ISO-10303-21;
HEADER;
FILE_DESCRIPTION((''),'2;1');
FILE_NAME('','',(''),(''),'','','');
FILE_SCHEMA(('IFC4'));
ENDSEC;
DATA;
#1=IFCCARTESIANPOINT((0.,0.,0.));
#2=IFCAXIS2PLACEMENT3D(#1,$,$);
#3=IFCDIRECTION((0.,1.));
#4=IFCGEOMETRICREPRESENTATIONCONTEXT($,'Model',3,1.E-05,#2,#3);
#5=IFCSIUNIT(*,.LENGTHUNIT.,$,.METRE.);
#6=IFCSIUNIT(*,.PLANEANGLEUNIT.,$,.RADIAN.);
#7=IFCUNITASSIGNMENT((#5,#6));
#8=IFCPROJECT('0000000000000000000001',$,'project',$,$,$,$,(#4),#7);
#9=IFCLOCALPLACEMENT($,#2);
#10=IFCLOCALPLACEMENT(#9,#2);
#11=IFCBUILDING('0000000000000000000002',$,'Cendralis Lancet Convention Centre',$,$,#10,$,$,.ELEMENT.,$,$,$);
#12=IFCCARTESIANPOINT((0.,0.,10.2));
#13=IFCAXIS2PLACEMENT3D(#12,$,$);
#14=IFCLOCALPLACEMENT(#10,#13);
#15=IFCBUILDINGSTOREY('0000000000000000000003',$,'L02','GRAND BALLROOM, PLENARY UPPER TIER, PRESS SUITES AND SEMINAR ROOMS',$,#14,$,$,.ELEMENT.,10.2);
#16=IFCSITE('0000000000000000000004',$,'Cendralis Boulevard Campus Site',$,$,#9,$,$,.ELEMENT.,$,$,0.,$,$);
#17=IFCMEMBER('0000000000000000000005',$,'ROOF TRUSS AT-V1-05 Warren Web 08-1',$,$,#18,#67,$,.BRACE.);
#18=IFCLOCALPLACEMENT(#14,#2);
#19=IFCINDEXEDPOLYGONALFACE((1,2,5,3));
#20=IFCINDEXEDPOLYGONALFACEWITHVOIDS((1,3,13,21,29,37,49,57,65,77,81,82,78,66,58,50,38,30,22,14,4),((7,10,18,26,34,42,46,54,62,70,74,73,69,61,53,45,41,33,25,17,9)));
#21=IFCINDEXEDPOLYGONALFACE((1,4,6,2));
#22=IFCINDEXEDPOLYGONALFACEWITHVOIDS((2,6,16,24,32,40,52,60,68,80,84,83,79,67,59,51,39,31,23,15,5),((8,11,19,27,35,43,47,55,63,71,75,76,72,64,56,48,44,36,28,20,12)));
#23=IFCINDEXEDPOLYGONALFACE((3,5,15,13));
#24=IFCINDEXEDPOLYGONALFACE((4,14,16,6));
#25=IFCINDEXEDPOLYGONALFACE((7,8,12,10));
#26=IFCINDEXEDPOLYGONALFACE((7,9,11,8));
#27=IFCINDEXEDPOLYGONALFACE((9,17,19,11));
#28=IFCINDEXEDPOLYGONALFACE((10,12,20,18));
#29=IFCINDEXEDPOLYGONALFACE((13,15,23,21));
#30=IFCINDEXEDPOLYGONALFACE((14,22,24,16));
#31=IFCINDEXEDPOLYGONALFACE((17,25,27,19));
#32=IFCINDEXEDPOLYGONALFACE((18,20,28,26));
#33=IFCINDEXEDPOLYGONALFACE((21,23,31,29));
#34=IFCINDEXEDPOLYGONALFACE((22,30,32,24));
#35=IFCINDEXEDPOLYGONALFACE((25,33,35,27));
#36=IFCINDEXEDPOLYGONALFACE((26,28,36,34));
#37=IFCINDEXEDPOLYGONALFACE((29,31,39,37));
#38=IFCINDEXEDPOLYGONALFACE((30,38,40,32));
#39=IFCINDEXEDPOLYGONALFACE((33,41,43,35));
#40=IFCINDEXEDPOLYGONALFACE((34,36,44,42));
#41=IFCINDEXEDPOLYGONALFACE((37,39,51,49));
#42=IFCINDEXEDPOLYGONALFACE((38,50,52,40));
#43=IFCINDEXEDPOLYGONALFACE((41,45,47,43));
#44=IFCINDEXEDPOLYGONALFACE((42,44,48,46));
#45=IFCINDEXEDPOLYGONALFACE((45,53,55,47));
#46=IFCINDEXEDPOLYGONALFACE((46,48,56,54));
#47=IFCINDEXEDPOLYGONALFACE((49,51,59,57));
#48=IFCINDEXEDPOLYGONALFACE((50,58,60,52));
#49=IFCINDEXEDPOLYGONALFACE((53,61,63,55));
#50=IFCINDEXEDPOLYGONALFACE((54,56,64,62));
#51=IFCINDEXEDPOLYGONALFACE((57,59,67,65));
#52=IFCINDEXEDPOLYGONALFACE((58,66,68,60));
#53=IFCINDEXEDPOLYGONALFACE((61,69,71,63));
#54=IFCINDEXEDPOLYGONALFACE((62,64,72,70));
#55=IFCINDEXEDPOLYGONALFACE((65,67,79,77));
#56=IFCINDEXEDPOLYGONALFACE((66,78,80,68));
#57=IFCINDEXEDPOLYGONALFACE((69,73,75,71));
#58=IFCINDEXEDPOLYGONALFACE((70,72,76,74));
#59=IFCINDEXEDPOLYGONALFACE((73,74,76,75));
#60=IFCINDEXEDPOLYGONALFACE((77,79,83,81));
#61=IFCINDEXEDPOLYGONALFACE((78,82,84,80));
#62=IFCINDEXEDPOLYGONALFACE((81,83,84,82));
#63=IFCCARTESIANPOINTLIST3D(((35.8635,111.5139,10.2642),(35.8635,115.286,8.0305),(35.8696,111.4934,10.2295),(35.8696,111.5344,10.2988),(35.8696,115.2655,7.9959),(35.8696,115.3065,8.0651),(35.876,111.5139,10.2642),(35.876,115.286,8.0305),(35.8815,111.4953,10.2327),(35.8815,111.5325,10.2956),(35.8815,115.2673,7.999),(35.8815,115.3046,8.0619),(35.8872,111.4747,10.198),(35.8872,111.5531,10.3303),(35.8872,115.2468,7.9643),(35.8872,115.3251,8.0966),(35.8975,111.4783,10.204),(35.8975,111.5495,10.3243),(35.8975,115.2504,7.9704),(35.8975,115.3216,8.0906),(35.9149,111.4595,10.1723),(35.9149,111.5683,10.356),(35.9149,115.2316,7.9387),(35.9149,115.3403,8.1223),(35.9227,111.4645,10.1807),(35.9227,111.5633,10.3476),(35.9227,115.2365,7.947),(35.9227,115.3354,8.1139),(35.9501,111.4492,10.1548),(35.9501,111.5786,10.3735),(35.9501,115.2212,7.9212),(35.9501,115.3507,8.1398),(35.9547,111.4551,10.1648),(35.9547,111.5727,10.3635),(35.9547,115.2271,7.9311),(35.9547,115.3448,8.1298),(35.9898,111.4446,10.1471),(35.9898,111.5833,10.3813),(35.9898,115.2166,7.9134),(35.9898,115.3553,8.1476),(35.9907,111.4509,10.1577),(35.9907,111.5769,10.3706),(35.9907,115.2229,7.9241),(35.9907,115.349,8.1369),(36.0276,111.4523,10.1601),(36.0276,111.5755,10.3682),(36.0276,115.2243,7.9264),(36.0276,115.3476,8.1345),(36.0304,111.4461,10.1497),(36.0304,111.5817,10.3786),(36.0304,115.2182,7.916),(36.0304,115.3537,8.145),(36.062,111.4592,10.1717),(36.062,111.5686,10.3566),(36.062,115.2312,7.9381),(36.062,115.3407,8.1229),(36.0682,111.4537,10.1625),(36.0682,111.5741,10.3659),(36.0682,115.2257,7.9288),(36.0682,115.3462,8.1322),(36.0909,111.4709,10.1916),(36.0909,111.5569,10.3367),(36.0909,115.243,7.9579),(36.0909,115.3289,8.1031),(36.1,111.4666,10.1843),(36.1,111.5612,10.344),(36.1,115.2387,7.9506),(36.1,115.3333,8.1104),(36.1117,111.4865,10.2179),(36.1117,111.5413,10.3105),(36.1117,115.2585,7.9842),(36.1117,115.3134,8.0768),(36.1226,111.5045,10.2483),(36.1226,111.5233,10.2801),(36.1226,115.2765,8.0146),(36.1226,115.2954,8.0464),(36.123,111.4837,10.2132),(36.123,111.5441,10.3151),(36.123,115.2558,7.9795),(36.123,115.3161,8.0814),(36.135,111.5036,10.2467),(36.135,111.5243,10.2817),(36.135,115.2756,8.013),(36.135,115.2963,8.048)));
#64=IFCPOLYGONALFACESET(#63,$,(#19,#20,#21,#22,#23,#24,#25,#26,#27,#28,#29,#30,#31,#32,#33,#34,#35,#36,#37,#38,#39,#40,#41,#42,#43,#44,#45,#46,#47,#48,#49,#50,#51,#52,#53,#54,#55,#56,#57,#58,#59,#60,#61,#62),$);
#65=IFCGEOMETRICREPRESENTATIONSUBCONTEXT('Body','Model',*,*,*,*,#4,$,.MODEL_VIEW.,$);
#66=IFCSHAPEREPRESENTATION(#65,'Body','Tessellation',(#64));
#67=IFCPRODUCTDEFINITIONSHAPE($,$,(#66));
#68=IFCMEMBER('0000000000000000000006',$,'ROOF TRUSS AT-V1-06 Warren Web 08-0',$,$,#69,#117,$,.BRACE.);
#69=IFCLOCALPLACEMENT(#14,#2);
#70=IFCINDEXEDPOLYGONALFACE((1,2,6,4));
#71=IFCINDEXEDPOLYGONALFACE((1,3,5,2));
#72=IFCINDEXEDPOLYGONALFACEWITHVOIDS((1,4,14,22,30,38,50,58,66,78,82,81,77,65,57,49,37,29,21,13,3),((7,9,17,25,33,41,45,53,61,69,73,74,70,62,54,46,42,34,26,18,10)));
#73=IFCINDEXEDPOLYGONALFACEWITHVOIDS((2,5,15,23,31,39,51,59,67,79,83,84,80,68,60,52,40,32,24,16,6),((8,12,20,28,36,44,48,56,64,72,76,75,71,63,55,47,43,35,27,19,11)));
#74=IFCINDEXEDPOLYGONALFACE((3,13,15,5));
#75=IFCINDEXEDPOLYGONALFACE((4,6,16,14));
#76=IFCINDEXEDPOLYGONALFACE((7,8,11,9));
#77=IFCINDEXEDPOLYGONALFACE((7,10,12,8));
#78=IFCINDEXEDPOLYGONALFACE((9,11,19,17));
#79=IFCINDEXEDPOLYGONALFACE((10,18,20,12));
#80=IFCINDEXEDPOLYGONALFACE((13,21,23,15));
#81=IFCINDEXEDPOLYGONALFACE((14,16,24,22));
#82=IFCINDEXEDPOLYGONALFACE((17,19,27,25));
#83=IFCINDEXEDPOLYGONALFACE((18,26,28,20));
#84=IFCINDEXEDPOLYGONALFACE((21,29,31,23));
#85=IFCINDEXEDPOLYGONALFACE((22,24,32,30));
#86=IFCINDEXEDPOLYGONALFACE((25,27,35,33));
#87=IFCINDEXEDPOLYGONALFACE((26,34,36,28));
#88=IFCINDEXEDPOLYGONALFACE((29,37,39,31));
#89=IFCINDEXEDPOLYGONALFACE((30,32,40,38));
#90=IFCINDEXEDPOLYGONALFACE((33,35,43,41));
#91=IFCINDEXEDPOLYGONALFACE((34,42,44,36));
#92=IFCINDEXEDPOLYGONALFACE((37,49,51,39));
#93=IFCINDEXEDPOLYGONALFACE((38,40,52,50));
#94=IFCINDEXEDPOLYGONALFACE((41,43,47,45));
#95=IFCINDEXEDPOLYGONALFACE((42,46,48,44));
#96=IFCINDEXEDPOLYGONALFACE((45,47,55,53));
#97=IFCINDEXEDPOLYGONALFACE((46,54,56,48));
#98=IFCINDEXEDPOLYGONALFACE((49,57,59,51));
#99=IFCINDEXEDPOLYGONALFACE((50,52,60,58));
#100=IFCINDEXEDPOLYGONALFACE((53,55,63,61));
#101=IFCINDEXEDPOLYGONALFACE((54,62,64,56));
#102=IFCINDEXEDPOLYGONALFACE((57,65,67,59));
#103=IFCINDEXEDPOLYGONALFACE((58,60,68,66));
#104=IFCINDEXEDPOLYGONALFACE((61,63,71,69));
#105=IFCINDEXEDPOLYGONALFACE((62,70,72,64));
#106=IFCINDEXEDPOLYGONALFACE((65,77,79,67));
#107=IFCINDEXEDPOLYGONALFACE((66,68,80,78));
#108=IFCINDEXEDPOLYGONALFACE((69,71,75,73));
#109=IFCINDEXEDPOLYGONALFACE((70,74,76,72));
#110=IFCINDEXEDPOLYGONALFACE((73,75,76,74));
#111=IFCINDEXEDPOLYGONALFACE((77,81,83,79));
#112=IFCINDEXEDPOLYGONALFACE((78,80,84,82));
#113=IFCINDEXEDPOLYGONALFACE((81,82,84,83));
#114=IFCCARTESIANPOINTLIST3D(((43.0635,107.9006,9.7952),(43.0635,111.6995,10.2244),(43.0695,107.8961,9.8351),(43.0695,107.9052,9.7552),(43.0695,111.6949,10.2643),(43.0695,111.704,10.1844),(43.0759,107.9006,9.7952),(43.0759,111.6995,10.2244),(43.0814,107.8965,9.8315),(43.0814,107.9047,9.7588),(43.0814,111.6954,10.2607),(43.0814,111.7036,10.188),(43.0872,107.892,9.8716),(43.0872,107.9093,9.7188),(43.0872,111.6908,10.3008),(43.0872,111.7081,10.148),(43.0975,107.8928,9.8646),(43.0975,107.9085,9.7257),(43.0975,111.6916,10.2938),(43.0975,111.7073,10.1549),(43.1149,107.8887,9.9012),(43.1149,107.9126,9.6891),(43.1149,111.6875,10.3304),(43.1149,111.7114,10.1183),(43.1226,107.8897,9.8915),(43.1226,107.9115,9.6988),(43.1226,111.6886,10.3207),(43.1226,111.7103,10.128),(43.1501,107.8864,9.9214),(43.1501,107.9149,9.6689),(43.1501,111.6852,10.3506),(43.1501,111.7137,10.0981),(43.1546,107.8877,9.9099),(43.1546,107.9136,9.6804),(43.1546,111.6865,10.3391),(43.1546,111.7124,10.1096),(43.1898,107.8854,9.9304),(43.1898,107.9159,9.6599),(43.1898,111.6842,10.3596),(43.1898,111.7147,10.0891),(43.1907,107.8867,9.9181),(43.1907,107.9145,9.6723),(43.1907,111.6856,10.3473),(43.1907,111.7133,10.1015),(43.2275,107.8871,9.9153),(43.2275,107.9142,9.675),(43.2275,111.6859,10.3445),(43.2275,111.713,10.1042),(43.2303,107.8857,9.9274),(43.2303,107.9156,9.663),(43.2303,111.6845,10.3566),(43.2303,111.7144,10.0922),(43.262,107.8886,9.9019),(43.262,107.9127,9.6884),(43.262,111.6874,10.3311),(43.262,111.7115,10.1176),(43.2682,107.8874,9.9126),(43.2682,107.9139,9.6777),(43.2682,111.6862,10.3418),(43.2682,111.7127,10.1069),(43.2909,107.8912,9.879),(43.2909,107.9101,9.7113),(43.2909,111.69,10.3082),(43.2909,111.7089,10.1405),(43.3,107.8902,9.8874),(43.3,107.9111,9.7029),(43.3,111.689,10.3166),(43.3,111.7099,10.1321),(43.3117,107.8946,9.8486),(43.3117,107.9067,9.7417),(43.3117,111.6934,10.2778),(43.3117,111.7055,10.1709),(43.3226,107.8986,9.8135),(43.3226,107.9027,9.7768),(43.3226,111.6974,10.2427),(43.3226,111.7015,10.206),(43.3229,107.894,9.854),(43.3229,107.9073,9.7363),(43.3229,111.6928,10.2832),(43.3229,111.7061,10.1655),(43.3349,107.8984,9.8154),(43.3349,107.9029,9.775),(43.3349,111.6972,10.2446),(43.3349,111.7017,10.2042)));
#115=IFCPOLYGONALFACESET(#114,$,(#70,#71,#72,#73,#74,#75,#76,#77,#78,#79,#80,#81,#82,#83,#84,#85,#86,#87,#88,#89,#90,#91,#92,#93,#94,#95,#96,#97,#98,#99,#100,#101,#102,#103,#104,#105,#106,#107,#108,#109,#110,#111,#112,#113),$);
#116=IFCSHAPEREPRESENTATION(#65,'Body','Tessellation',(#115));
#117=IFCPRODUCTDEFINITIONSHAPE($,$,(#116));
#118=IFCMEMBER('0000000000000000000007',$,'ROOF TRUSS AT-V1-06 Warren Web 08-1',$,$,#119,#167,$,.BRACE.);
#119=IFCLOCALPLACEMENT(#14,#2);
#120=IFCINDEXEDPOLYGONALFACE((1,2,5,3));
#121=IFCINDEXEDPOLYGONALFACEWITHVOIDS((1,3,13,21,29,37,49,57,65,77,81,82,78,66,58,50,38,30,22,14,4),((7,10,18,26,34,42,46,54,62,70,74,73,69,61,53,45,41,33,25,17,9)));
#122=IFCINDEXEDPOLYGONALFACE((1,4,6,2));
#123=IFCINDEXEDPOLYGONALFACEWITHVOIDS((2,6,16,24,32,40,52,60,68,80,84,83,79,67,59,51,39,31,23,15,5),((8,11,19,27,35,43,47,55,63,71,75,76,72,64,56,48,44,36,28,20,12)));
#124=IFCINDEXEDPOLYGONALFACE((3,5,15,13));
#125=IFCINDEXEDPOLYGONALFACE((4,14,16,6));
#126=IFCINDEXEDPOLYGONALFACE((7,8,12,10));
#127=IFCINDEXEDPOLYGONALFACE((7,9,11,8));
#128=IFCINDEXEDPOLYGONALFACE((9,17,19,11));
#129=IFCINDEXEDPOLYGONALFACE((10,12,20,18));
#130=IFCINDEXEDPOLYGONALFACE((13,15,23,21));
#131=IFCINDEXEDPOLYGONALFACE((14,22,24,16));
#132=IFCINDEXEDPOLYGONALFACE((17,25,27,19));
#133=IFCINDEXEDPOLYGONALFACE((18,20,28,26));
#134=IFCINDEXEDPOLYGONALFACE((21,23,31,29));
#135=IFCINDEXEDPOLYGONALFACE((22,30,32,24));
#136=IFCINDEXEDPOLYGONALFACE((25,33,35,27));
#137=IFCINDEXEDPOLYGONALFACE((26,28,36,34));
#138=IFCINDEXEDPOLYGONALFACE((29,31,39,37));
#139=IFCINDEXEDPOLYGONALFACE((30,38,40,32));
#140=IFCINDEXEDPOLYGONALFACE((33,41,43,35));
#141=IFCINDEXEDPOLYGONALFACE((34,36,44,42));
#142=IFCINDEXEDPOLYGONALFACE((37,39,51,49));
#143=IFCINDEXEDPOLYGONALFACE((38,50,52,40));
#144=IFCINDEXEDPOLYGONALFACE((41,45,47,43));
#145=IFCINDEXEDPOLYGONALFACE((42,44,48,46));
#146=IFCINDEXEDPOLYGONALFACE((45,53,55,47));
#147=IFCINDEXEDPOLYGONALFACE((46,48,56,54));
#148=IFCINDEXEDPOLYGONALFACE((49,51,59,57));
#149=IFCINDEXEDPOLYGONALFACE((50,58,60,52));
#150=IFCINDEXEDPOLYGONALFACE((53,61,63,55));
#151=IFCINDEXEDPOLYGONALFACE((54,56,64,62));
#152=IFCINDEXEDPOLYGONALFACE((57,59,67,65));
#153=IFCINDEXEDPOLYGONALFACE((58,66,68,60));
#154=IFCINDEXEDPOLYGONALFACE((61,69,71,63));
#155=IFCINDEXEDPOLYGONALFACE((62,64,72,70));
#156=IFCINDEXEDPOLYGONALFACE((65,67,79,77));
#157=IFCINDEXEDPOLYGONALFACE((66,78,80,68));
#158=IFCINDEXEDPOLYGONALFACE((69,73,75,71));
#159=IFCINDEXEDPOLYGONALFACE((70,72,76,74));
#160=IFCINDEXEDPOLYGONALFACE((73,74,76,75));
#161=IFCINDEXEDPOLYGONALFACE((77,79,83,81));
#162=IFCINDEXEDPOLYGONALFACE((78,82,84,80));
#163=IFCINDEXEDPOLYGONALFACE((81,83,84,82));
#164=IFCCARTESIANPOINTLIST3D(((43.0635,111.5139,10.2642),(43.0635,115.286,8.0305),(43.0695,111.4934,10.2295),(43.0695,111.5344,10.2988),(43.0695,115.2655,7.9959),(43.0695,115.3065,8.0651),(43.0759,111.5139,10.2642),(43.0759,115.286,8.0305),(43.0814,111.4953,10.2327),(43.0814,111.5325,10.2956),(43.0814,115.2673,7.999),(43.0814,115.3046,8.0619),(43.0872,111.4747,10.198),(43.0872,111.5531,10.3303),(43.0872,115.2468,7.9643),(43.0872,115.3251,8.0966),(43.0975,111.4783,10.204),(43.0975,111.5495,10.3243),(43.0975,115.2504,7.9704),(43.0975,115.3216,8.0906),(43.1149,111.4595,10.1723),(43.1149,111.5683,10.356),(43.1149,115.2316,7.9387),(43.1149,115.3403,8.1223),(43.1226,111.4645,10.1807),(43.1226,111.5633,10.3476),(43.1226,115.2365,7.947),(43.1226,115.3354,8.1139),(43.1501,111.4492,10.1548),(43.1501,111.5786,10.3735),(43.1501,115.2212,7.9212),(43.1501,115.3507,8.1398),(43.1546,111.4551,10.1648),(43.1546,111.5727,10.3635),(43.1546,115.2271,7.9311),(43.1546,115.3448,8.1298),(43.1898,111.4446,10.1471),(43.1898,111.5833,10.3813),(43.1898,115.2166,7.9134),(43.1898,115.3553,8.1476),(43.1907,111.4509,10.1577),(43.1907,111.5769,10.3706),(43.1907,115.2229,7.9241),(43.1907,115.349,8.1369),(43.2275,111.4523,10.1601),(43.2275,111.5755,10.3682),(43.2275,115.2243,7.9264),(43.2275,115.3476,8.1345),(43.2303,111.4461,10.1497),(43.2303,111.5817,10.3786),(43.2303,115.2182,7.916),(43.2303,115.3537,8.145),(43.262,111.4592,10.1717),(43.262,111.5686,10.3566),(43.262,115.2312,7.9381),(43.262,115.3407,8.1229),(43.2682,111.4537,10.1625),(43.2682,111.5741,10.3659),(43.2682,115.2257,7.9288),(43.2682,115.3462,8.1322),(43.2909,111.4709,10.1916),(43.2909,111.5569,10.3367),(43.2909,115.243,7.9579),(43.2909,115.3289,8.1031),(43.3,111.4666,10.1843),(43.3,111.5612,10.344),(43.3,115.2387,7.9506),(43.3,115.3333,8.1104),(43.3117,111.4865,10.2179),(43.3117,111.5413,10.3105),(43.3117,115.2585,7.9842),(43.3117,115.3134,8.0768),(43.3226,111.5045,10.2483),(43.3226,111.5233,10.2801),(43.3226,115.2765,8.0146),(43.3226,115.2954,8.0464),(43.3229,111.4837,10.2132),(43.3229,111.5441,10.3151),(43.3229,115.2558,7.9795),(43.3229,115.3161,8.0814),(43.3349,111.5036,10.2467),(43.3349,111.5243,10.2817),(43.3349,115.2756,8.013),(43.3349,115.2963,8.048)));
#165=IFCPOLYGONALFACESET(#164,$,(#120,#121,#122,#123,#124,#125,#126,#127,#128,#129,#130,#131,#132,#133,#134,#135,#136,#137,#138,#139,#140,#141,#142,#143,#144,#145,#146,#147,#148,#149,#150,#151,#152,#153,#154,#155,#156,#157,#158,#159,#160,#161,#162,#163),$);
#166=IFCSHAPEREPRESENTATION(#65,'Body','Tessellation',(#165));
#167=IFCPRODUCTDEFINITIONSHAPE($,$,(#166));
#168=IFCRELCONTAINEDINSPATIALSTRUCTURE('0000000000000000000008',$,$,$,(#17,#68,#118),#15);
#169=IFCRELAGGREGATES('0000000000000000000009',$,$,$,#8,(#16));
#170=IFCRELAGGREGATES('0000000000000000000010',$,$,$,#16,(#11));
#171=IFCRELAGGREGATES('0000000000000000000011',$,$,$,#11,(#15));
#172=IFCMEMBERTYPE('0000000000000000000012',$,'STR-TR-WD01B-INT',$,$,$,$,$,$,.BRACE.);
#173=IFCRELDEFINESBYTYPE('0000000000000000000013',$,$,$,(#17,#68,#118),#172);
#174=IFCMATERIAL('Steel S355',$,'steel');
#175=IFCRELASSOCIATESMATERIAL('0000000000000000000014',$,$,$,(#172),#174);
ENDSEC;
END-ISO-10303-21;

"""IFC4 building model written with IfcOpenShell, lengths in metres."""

from ifc_helpers import new_model, si_unit, direction, frame, origin, origin_2d, place, context, subcontext, project, spatial, hollow_circle, extrude, material, material_profile, profile_set, type_object, element, save


model = new_model("IFC4")

# Units and contexts
model_context = context("Model", 3, precision=1e-05, world=origin(), true_north=direction((0.0, 1.0)))
body_context = subcontext(model_context, "Body", "Model", "MODEL_VIEW")
ifc_project = project(units=[si_unit("LENGTHUNIT", "METRE"), si_unit("PLANEANGLEUNIT", "RADIAN")], contexts=[model_context])

# Site, building, storey
site_placement = place(None, origin())
site = spatial("IfcSite", under=ifc_project, at=site_placement, Name="Cendralis Boulevard Campus Site", CompositionType="ELEMENT", RefElevation=0.0)
building_placement = place(site_placement, origin())
building = spatial("IfcBuilding", under=site, at=building_placement, Name="Cendralis Lancet Convention Centre", CompositionType="ELEMENT")
storey_placement = place(building_placement, frame((0.0, 0.0, 10.2)))
storey = spatial("IfcBuildingStorey", under=building, at=storey_placement, Name="L02", Description="GRAND BALLROOM, PLENARY UPPER TIER, PRESS SUITES AND SEMINAR ROOMS", CompositionType="ELEMENT", Elevation=10.2)

# Members
ifc_material = material(Name="Steel S355", Category="steel")
ifc_material_profile_1 = material_profile(ifc_material, hollow_circle(Radius=0.1365, WallThickness=0.0125, at=origin_2d()), Name="CHS 273.0x12.5")
ifc_profile_set_1 = profile_set([ifc_material_profile_1], Name="Steel S355")
member_type_1 = type_object("IfcMemberType", Name="STR-TR-WD01B-INT", PredefinedType="BRACE", material=ifc_profile_set_1)
member_1_placement = place(storey_placement, frame((36.0, 111.5139, 10.2642), z_axis=(0.0, 0.860452, -0.509532), x_axis=(-1.0, 0.0, 0.0)))
element("IfcMember", 1, at=member_1_placement, inside=storey, type_object=member_type_1, Name="ROOF TRUSS AT-V1-05 Warren Web 08-1", PredefinedType="BRACE", context=body_context, shape_type="SweptSolid", body=[
    extrude(hollow_circle(Radius=0.1365, WallThickness=0.0125, at=origin_2d()), origin(), (0.0, 0.0, 1.0), 4.3838),
])
member_2_placement = place(storey_placement, frame((43.2, 107.9006, 9.7952), z_axis=(0.0, 0.993678, 0.112268), x_axis=(-1.0, 0.0, 0.0)))
element("IfcMember", 2, at=member_2_placement, inside=storey, type_object=member_type_1, Name="ROOF TRUSS AT-V1-06 Warren Web 08-0", PredefinedType="BRACE", context=body_context, shape_type="SweptSolid", body=[
    extrude(hollow_circle(Radius=0.1365, WallThickness=0.0125, at=origin_2d()), origin(), (0.0, 0.0, 1.0), 3.823),
])
member_3_placement = place(storey_placement, frame((43.2, 111.5139, 10.2642), z_axis=(0.0, 0.860452, -0.509532), x_axis=(-1.0, 0.0, 0.0)))
element("IfcMember", 3, at=member_3_placement, inside=storey, type_object=member_type_1, Name="ROOF TRUSS AT-V1-06 Warren Web 08-1", PredefinedType="BRACE", context=body_context, shape_type="SweptSolid", body=[
    extrude(hollow_circle(Radius=0.1365, WallThickness=0.0125, at=origin_2d()), origin(), (0.0, 0.0, 1.0), 4.3838),
])

save(model, "model.ifc")
